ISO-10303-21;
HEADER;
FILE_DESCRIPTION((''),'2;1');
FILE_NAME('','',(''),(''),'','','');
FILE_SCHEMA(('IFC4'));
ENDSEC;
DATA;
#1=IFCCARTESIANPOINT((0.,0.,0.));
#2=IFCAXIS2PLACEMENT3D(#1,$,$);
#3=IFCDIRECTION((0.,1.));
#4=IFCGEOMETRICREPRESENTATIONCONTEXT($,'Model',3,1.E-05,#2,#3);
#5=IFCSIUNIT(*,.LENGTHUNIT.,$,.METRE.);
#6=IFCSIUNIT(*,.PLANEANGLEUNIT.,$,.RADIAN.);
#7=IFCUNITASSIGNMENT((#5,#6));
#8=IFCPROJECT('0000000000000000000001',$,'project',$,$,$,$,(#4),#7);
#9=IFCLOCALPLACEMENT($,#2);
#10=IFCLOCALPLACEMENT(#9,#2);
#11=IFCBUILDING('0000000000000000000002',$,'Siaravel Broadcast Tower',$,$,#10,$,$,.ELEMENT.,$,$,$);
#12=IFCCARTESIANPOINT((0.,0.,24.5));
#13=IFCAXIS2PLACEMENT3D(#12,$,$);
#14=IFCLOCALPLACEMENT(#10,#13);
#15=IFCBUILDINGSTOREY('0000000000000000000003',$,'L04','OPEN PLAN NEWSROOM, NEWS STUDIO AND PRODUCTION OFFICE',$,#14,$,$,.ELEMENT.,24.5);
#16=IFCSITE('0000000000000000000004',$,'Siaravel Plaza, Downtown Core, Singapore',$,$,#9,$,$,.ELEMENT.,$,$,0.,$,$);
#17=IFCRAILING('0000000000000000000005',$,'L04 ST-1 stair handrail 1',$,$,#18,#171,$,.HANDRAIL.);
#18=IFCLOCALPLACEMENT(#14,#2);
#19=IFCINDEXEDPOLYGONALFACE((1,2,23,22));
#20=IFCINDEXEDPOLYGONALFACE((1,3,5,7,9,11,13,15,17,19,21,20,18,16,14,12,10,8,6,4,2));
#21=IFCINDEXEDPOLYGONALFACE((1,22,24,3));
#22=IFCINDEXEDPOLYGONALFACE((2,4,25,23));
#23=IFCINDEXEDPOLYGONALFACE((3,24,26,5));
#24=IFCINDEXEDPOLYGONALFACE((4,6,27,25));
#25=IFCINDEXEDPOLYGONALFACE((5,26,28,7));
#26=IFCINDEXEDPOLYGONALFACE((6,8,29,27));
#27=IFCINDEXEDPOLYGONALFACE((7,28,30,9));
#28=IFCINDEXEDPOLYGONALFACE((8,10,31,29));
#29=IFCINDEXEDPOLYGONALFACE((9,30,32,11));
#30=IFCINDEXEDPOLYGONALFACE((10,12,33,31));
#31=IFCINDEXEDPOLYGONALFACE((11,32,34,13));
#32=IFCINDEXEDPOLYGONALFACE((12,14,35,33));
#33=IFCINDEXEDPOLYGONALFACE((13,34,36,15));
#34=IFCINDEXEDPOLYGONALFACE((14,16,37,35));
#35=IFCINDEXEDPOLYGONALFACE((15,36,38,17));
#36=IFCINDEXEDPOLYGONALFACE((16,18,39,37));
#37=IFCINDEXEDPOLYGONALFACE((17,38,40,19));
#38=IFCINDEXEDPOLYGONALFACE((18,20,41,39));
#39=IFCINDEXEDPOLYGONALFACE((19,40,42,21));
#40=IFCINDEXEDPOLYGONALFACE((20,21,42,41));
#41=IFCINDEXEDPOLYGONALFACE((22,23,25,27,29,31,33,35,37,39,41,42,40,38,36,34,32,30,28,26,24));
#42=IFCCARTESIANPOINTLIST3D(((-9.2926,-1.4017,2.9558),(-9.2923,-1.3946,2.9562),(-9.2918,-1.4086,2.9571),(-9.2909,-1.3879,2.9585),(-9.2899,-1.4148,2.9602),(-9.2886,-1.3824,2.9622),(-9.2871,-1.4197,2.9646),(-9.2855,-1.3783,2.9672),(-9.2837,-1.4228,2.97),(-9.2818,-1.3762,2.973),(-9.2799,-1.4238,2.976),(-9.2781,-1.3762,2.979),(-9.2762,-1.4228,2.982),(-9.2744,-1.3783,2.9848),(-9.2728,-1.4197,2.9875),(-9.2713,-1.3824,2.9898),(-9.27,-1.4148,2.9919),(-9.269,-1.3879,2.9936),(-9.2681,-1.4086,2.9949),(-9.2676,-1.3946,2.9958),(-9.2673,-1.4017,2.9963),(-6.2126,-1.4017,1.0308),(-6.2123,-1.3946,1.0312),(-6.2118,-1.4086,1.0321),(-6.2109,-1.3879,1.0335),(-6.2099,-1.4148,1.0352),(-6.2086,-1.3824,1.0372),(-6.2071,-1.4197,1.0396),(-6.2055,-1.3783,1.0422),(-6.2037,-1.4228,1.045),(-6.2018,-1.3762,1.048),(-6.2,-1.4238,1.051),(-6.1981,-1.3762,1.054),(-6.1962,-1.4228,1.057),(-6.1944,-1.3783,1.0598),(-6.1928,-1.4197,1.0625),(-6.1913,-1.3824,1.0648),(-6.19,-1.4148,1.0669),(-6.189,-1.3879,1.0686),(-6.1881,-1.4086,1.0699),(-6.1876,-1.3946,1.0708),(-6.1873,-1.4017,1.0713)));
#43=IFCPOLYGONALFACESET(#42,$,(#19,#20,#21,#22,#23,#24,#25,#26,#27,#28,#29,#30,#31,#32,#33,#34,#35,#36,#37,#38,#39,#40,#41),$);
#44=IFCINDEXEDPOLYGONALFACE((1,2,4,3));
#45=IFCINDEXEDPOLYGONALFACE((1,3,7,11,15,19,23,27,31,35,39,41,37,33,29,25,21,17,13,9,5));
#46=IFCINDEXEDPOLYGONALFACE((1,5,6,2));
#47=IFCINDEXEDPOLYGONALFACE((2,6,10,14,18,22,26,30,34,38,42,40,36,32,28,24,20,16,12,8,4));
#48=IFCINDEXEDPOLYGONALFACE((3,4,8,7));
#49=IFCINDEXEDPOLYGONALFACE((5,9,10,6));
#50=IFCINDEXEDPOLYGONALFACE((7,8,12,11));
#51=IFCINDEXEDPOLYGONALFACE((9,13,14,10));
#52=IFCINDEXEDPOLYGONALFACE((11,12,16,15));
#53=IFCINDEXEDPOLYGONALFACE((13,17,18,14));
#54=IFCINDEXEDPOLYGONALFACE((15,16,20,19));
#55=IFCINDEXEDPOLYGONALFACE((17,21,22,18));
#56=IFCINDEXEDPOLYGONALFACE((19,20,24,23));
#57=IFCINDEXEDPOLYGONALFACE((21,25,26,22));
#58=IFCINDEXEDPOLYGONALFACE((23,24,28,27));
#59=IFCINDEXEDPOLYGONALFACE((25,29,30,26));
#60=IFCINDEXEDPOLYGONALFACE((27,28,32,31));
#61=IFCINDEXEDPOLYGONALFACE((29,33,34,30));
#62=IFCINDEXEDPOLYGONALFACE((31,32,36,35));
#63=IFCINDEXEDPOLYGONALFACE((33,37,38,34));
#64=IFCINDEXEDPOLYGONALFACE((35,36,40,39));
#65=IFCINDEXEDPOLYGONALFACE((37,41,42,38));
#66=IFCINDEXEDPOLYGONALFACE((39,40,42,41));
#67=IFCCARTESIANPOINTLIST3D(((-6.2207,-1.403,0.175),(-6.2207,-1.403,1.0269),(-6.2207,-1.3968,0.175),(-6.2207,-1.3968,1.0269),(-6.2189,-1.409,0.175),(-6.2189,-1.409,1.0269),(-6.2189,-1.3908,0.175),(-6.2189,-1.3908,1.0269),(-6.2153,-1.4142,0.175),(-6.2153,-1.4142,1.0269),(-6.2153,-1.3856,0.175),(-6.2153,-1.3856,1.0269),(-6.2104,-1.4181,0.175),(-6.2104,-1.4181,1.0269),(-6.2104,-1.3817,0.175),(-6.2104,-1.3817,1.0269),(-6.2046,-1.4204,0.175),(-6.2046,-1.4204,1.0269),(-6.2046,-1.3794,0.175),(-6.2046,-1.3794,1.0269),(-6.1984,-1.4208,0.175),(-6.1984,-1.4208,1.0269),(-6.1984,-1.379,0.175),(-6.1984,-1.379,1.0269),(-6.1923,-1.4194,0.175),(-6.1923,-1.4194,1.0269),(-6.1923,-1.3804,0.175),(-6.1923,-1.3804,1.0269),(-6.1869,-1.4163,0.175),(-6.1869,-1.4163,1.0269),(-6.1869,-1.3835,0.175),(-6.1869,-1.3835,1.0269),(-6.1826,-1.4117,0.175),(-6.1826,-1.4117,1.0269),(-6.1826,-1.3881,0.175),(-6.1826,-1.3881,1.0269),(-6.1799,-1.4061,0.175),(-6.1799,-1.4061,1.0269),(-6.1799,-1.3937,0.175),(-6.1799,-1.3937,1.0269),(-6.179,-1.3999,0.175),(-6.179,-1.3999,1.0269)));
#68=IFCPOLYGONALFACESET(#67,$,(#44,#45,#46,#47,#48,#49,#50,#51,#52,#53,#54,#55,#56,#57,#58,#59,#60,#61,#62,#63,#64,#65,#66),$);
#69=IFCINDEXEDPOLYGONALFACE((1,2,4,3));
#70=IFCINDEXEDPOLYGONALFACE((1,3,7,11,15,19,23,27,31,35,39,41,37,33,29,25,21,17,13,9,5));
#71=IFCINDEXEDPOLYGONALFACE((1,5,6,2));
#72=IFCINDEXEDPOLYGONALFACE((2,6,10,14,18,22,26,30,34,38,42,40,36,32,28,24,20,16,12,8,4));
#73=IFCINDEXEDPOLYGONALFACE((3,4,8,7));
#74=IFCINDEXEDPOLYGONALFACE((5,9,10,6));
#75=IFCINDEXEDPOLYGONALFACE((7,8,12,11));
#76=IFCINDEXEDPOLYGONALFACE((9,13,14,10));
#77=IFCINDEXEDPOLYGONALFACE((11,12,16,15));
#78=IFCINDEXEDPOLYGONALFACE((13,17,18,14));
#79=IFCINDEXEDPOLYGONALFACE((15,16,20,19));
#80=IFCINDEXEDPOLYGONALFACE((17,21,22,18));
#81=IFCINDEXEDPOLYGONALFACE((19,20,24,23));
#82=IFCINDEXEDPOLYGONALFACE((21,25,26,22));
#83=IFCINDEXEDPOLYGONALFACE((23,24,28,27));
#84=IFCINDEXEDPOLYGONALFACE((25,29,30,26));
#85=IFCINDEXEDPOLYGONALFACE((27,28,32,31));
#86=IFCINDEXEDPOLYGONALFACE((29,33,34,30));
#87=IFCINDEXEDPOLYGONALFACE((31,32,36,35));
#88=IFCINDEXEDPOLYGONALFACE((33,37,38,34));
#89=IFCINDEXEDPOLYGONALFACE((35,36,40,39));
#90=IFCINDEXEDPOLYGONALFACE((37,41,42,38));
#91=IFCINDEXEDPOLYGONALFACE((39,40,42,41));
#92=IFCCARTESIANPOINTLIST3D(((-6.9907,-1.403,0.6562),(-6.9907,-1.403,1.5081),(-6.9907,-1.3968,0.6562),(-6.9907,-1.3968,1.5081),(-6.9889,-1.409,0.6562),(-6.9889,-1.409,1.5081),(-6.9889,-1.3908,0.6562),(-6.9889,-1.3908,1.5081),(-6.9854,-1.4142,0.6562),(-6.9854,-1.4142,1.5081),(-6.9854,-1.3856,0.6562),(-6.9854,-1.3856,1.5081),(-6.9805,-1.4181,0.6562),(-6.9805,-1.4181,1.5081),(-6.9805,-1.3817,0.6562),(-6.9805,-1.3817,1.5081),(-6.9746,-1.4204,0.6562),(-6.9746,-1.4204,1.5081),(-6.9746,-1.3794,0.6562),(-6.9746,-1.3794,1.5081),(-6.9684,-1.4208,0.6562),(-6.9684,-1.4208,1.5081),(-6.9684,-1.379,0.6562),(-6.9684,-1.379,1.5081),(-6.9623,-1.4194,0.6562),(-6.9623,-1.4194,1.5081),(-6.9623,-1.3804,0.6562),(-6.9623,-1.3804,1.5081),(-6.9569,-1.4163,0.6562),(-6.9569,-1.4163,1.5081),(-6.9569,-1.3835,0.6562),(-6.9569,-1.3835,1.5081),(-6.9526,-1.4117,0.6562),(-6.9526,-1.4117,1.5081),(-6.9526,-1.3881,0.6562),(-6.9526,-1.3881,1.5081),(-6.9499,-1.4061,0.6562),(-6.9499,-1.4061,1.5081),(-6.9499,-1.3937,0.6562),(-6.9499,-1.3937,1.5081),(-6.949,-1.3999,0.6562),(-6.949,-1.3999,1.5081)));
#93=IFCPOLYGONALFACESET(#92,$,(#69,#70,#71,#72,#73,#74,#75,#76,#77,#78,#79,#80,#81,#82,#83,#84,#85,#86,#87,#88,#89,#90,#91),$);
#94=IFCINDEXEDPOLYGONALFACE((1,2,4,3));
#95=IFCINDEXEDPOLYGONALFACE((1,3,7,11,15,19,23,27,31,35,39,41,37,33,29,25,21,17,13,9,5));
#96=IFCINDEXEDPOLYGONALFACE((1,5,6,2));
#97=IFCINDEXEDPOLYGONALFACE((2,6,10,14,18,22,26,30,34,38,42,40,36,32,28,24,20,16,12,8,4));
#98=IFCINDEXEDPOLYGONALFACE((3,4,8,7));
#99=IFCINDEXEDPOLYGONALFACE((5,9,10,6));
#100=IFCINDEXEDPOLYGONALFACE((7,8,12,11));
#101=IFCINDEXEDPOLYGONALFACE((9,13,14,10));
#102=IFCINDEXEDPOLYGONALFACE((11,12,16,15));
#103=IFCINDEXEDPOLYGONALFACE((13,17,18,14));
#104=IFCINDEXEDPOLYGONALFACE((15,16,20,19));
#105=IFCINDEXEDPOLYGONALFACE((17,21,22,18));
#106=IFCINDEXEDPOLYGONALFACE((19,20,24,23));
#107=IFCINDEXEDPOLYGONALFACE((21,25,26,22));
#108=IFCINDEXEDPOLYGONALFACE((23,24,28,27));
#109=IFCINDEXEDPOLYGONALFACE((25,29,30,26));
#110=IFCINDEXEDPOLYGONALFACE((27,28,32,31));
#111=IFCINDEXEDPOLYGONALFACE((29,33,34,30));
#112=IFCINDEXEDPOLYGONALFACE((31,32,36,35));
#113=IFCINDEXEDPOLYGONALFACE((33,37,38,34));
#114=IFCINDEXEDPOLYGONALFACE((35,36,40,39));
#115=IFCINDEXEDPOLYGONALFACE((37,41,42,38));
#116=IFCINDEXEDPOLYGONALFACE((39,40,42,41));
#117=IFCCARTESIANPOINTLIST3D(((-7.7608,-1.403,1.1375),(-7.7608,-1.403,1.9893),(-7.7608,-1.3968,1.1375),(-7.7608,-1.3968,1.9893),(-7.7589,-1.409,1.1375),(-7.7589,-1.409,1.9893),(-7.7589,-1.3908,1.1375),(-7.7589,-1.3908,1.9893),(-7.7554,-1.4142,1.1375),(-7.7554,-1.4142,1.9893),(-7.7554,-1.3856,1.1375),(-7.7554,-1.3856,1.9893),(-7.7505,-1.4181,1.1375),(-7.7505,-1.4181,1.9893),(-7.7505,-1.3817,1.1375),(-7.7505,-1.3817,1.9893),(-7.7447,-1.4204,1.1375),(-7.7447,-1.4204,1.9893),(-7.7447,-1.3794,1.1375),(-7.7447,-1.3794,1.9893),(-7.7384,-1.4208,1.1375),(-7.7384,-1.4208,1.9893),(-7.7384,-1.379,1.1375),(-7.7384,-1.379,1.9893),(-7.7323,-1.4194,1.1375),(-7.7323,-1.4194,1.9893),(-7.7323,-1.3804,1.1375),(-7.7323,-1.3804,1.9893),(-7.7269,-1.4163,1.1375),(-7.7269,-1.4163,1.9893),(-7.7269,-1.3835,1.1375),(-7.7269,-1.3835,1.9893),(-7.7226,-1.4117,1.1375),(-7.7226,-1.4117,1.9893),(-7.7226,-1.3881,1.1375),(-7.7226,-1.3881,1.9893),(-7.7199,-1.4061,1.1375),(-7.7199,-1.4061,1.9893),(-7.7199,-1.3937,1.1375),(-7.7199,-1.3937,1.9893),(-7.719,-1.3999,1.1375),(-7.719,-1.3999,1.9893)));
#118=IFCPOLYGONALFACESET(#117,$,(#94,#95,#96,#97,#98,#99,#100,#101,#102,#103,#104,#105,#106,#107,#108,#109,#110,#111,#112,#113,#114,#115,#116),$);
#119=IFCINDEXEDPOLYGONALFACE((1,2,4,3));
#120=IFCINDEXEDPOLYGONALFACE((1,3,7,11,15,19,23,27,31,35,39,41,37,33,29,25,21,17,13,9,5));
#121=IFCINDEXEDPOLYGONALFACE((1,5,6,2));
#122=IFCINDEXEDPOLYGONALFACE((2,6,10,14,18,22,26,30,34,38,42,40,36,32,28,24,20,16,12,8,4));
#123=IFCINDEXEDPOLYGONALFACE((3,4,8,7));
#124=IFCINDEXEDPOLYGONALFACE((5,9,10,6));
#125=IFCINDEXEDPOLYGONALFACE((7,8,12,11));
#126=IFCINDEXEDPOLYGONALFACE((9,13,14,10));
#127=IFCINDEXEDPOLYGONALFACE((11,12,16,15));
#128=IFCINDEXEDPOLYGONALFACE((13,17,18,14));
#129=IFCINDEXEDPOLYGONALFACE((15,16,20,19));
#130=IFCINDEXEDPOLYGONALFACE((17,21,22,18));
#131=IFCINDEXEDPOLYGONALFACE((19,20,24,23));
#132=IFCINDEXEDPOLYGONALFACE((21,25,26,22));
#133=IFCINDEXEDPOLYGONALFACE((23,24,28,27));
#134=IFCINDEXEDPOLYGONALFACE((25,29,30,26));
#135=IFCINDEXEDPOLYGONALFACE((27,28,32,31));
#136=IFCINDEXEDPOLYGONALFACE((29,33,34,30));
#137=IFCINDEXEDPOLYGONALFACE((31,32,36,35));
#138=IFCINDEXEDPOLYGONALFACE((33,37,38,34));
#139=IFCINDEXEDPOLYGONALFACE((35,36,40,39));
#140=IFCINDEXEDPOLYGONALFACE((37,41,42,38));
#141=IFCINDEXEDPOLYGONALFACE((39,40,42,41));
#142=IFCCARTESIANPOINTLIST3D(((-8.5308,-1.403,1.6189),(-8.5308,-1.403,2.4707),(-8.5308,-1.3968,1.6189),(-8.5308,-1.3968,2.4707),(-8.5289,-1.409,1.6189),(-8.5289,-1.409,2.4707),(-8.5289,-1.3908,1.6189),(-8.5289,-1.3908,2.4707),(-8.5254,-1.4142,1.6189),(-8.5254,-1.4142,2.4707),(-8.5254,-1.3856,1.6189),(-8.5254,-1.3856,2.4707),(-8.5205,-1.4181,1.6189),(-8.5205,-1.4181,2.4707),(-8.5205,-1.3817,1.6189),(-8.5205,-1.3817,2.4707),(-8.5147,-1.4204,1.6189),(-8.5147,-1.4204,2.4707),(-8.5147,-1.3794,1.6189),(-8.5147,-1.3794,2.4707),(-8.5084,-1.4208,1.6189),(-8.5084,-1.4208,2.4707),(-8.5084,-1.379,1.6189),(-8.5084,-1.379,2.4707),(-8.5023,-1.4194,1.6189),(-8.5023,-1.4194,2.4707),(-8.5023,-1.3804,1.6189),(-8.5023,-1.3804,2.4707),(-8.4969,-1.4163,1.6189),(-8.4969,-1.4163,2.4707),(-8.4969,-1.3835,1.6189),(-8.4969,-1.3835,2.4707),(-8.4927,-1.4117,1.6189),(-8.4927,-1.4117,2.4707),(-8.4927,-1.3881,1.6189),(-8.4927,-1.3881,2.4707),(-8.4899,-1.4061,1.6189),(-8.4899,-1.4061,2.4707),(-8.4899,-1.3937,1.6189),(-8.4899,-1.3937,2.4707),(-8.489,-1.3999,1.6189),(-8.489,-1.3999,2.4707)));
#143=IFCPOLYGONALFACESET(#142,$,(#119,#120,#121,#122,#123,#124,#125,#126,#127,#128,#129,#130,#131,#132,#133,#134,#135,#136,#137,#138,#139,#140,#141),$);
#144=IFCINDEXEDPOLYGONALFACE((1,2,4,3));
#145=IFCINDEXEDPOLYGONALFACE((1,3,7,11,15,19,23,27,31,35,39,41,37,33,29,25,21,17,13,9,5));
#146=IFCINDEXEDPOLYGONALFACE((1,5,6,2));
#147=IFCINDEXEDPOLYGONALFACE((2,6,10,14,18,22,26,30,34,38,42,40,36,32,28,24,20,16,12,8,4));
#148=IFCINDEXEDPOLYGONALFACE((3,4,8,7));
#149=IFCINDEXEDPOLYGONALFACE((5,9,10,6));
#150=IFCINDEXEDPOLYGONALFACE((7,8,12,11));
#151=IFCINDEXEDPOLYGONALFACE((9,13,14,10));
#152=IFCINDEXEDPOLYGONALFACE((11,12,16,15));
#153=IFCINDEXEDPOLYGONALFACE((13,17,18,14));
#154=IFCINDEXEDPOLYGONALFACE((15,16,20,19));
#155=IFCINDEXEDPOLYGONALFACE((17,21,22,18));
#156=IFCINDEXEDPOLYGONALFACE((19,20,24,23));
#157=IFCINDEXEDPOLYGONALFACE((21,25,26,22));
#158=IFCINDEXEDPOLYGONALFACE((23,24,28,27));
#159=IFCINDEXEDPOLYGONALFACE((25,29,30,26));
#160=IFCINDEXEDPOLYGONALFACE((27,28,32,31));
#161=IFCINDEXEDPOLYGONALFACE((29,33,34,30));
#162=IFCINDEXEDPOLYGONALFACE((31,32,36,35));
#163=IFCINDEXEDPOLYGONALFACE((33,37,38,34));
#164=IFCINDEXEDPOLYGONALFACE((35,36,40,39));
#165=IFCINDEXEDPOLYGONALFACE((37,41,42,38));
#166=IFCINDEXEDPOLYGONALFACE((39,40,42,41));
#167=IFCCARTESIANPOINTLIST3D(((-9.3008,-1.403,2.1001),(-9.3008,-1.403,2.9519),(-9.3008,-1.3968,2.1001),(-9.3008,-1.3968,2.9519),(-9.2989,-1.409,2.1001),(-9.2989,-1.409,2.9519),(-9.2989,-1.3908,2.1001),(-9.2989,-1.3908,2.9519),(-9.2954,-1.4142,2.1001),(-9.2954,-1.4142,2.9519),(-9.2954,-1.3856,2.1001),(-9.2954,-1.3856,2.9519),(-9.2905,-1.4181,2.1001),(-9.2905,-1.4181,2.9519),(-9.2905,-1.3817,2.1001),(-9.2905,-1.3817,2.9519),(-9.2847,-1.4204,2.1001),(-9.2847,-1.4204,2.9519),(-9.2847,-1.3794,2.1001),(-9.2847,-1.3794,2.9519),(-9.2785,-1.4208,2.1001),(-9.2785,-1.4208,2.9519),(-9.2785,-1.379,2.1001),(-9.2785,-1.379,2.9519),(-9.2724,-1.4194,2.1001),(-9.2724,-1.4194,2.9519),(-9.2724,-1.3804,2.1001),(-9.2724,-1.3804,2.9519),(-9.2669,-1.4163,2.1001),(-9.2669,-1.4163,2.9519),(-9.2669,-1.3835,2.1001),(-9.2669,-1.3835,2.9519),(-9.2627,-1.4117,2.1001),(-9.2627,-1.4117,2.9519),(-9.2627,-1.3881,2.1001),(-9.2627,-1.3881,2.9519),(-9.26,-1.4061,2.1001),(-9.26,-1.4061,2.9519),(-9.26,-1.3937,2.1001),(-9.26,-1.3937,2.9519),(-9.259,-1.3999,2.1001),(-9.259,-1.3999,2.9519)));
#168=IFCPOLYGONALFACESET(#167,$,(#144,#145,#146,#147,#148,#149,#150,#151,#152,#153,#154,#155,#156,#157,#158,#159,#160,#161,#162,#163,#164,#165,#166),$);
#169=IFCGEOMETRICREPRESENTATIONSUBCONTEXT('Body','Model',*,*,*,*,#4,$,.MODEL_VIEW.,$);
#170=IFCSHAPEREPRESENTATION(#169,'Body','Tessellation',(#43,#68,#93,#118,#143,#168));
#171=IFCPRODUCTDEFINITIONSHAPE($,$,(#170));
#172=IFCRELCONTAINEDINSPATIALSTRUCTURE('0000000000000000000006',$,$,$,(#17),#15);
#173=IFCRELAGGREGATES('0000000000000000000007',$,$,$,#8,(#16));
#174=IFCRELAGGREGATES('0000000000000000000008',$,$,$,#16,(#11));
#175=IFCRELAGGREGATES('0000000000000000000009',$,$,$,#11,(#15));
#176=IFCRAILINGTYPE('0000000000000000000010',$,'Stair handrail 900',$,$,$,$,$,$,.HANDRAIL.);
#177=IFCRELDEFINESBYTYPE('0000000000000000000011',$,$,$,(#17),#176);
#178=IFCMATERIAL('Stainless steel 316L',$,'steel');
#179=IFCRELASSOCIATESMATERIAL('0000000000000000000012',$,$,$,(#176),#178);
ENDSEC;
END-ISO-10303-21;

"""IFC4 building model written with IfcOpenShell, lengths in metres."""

from ifc_helpers import new_model, si_unit, direction, frame, origin, origin_2d, place, context, subcontext, project, spatial, circle, extrude, material, type_object, element, save


model = new_model("IFC4")

# Units and contexts
model_context = context("Model", 3, precision=1e-05, world=origin(), true_north=direction((0.0, 1.0)))
body_context = subcontext(model_context, "Body", "Model", "MODEL_VIEW")
ifc_project = project(units=[si_unit("LENGTHUNIT", "METRE"), si_unit("PLANEANGLEUNIT", "RADIAN")], contexts=[model_context])

# Site, building, storey
site_placement = place(None, origin())
site = spatial("IfcSite", under=ifc_project, at=site_placement, Name="Siaravel Plaza, Downtown Core, Singapore", CompositionType="ELEMENT", RefElevation=0.0)
building_placement = place(site_placement, origin())
building = spatial("IfcBuilding", under=site, at=building_placement, Name="Siaravel Broadcast Tower", CompositionType="ELEMENT")
storey_placement = place(building_placement, frame((0.0, 0.0, 24.5)))
storey = spatial("IfcBuildingStorey", under=building, at=storey_placement, Name="L04", Description="OPEN PLAN NEWSROOM, NEWS STUDIO AND PRODUCTION OFFICE", CompositionType="ELEMENT", Elevation=24.5)

# Railing
ifc_material_1 = material(Name="Stainless steel 316L", Category="steel")
railing_type_1 = type_object("IfcRailingType", Name="Stair handrail 900", PredefinedType="HANDRAIL", material=ifc_material_1)
railing_1_placement = place(storey_placement, frame((-6.2, -1.3999, 0.175)))
element("IfcRailing", 1, at=railing_1_placement, inside=storey, type_object=railing_type_1, Name="L04 ST-1 stair handrail 1", PredefinedType="HANDRAIL", context=body_context, shape_type="SweptSolid", body=[
    extrude(circle(Radius=0.0239, at=origin_2d()), frame((0.0, 0.0, 0.876), z_axis=(-0.847998, 0.0, 0.529999), x_axis=(0.0, -1.0, 0.0)), (0.0, 0.0, 1.0), 3.6321),
    extrude(circle(Radius=0.021, at=origin_2d()), origin(), (0.0, 0.0, 1.0), 0.8518),
    extrude(circle(Radius=0.021, at=origin_2d()), frame((-0.77, 0.0, 0.4812)), (0.0, 0.0, 1.0), 0.8518),
    extrude(circle(Radius=0.021, at=origin_2d()), frame((-1.54, 0.0, 0.9624)), (0.0, 0.0, 1.0), 0.8518),
    extrude(circle(Radius=0.021, at=origin_2d()), frame((-2.3101, 0.0, 1.4438)), (0.0, 0.0, 1.0), 0.8518),
    extrude(circle(Radius=0.021, at=origin_2d()), frame((-3.0801, 0.0, 1.925)), (0.0, 0.0, 1.0), 0.8518),
])

save(model, "model.ifc")
